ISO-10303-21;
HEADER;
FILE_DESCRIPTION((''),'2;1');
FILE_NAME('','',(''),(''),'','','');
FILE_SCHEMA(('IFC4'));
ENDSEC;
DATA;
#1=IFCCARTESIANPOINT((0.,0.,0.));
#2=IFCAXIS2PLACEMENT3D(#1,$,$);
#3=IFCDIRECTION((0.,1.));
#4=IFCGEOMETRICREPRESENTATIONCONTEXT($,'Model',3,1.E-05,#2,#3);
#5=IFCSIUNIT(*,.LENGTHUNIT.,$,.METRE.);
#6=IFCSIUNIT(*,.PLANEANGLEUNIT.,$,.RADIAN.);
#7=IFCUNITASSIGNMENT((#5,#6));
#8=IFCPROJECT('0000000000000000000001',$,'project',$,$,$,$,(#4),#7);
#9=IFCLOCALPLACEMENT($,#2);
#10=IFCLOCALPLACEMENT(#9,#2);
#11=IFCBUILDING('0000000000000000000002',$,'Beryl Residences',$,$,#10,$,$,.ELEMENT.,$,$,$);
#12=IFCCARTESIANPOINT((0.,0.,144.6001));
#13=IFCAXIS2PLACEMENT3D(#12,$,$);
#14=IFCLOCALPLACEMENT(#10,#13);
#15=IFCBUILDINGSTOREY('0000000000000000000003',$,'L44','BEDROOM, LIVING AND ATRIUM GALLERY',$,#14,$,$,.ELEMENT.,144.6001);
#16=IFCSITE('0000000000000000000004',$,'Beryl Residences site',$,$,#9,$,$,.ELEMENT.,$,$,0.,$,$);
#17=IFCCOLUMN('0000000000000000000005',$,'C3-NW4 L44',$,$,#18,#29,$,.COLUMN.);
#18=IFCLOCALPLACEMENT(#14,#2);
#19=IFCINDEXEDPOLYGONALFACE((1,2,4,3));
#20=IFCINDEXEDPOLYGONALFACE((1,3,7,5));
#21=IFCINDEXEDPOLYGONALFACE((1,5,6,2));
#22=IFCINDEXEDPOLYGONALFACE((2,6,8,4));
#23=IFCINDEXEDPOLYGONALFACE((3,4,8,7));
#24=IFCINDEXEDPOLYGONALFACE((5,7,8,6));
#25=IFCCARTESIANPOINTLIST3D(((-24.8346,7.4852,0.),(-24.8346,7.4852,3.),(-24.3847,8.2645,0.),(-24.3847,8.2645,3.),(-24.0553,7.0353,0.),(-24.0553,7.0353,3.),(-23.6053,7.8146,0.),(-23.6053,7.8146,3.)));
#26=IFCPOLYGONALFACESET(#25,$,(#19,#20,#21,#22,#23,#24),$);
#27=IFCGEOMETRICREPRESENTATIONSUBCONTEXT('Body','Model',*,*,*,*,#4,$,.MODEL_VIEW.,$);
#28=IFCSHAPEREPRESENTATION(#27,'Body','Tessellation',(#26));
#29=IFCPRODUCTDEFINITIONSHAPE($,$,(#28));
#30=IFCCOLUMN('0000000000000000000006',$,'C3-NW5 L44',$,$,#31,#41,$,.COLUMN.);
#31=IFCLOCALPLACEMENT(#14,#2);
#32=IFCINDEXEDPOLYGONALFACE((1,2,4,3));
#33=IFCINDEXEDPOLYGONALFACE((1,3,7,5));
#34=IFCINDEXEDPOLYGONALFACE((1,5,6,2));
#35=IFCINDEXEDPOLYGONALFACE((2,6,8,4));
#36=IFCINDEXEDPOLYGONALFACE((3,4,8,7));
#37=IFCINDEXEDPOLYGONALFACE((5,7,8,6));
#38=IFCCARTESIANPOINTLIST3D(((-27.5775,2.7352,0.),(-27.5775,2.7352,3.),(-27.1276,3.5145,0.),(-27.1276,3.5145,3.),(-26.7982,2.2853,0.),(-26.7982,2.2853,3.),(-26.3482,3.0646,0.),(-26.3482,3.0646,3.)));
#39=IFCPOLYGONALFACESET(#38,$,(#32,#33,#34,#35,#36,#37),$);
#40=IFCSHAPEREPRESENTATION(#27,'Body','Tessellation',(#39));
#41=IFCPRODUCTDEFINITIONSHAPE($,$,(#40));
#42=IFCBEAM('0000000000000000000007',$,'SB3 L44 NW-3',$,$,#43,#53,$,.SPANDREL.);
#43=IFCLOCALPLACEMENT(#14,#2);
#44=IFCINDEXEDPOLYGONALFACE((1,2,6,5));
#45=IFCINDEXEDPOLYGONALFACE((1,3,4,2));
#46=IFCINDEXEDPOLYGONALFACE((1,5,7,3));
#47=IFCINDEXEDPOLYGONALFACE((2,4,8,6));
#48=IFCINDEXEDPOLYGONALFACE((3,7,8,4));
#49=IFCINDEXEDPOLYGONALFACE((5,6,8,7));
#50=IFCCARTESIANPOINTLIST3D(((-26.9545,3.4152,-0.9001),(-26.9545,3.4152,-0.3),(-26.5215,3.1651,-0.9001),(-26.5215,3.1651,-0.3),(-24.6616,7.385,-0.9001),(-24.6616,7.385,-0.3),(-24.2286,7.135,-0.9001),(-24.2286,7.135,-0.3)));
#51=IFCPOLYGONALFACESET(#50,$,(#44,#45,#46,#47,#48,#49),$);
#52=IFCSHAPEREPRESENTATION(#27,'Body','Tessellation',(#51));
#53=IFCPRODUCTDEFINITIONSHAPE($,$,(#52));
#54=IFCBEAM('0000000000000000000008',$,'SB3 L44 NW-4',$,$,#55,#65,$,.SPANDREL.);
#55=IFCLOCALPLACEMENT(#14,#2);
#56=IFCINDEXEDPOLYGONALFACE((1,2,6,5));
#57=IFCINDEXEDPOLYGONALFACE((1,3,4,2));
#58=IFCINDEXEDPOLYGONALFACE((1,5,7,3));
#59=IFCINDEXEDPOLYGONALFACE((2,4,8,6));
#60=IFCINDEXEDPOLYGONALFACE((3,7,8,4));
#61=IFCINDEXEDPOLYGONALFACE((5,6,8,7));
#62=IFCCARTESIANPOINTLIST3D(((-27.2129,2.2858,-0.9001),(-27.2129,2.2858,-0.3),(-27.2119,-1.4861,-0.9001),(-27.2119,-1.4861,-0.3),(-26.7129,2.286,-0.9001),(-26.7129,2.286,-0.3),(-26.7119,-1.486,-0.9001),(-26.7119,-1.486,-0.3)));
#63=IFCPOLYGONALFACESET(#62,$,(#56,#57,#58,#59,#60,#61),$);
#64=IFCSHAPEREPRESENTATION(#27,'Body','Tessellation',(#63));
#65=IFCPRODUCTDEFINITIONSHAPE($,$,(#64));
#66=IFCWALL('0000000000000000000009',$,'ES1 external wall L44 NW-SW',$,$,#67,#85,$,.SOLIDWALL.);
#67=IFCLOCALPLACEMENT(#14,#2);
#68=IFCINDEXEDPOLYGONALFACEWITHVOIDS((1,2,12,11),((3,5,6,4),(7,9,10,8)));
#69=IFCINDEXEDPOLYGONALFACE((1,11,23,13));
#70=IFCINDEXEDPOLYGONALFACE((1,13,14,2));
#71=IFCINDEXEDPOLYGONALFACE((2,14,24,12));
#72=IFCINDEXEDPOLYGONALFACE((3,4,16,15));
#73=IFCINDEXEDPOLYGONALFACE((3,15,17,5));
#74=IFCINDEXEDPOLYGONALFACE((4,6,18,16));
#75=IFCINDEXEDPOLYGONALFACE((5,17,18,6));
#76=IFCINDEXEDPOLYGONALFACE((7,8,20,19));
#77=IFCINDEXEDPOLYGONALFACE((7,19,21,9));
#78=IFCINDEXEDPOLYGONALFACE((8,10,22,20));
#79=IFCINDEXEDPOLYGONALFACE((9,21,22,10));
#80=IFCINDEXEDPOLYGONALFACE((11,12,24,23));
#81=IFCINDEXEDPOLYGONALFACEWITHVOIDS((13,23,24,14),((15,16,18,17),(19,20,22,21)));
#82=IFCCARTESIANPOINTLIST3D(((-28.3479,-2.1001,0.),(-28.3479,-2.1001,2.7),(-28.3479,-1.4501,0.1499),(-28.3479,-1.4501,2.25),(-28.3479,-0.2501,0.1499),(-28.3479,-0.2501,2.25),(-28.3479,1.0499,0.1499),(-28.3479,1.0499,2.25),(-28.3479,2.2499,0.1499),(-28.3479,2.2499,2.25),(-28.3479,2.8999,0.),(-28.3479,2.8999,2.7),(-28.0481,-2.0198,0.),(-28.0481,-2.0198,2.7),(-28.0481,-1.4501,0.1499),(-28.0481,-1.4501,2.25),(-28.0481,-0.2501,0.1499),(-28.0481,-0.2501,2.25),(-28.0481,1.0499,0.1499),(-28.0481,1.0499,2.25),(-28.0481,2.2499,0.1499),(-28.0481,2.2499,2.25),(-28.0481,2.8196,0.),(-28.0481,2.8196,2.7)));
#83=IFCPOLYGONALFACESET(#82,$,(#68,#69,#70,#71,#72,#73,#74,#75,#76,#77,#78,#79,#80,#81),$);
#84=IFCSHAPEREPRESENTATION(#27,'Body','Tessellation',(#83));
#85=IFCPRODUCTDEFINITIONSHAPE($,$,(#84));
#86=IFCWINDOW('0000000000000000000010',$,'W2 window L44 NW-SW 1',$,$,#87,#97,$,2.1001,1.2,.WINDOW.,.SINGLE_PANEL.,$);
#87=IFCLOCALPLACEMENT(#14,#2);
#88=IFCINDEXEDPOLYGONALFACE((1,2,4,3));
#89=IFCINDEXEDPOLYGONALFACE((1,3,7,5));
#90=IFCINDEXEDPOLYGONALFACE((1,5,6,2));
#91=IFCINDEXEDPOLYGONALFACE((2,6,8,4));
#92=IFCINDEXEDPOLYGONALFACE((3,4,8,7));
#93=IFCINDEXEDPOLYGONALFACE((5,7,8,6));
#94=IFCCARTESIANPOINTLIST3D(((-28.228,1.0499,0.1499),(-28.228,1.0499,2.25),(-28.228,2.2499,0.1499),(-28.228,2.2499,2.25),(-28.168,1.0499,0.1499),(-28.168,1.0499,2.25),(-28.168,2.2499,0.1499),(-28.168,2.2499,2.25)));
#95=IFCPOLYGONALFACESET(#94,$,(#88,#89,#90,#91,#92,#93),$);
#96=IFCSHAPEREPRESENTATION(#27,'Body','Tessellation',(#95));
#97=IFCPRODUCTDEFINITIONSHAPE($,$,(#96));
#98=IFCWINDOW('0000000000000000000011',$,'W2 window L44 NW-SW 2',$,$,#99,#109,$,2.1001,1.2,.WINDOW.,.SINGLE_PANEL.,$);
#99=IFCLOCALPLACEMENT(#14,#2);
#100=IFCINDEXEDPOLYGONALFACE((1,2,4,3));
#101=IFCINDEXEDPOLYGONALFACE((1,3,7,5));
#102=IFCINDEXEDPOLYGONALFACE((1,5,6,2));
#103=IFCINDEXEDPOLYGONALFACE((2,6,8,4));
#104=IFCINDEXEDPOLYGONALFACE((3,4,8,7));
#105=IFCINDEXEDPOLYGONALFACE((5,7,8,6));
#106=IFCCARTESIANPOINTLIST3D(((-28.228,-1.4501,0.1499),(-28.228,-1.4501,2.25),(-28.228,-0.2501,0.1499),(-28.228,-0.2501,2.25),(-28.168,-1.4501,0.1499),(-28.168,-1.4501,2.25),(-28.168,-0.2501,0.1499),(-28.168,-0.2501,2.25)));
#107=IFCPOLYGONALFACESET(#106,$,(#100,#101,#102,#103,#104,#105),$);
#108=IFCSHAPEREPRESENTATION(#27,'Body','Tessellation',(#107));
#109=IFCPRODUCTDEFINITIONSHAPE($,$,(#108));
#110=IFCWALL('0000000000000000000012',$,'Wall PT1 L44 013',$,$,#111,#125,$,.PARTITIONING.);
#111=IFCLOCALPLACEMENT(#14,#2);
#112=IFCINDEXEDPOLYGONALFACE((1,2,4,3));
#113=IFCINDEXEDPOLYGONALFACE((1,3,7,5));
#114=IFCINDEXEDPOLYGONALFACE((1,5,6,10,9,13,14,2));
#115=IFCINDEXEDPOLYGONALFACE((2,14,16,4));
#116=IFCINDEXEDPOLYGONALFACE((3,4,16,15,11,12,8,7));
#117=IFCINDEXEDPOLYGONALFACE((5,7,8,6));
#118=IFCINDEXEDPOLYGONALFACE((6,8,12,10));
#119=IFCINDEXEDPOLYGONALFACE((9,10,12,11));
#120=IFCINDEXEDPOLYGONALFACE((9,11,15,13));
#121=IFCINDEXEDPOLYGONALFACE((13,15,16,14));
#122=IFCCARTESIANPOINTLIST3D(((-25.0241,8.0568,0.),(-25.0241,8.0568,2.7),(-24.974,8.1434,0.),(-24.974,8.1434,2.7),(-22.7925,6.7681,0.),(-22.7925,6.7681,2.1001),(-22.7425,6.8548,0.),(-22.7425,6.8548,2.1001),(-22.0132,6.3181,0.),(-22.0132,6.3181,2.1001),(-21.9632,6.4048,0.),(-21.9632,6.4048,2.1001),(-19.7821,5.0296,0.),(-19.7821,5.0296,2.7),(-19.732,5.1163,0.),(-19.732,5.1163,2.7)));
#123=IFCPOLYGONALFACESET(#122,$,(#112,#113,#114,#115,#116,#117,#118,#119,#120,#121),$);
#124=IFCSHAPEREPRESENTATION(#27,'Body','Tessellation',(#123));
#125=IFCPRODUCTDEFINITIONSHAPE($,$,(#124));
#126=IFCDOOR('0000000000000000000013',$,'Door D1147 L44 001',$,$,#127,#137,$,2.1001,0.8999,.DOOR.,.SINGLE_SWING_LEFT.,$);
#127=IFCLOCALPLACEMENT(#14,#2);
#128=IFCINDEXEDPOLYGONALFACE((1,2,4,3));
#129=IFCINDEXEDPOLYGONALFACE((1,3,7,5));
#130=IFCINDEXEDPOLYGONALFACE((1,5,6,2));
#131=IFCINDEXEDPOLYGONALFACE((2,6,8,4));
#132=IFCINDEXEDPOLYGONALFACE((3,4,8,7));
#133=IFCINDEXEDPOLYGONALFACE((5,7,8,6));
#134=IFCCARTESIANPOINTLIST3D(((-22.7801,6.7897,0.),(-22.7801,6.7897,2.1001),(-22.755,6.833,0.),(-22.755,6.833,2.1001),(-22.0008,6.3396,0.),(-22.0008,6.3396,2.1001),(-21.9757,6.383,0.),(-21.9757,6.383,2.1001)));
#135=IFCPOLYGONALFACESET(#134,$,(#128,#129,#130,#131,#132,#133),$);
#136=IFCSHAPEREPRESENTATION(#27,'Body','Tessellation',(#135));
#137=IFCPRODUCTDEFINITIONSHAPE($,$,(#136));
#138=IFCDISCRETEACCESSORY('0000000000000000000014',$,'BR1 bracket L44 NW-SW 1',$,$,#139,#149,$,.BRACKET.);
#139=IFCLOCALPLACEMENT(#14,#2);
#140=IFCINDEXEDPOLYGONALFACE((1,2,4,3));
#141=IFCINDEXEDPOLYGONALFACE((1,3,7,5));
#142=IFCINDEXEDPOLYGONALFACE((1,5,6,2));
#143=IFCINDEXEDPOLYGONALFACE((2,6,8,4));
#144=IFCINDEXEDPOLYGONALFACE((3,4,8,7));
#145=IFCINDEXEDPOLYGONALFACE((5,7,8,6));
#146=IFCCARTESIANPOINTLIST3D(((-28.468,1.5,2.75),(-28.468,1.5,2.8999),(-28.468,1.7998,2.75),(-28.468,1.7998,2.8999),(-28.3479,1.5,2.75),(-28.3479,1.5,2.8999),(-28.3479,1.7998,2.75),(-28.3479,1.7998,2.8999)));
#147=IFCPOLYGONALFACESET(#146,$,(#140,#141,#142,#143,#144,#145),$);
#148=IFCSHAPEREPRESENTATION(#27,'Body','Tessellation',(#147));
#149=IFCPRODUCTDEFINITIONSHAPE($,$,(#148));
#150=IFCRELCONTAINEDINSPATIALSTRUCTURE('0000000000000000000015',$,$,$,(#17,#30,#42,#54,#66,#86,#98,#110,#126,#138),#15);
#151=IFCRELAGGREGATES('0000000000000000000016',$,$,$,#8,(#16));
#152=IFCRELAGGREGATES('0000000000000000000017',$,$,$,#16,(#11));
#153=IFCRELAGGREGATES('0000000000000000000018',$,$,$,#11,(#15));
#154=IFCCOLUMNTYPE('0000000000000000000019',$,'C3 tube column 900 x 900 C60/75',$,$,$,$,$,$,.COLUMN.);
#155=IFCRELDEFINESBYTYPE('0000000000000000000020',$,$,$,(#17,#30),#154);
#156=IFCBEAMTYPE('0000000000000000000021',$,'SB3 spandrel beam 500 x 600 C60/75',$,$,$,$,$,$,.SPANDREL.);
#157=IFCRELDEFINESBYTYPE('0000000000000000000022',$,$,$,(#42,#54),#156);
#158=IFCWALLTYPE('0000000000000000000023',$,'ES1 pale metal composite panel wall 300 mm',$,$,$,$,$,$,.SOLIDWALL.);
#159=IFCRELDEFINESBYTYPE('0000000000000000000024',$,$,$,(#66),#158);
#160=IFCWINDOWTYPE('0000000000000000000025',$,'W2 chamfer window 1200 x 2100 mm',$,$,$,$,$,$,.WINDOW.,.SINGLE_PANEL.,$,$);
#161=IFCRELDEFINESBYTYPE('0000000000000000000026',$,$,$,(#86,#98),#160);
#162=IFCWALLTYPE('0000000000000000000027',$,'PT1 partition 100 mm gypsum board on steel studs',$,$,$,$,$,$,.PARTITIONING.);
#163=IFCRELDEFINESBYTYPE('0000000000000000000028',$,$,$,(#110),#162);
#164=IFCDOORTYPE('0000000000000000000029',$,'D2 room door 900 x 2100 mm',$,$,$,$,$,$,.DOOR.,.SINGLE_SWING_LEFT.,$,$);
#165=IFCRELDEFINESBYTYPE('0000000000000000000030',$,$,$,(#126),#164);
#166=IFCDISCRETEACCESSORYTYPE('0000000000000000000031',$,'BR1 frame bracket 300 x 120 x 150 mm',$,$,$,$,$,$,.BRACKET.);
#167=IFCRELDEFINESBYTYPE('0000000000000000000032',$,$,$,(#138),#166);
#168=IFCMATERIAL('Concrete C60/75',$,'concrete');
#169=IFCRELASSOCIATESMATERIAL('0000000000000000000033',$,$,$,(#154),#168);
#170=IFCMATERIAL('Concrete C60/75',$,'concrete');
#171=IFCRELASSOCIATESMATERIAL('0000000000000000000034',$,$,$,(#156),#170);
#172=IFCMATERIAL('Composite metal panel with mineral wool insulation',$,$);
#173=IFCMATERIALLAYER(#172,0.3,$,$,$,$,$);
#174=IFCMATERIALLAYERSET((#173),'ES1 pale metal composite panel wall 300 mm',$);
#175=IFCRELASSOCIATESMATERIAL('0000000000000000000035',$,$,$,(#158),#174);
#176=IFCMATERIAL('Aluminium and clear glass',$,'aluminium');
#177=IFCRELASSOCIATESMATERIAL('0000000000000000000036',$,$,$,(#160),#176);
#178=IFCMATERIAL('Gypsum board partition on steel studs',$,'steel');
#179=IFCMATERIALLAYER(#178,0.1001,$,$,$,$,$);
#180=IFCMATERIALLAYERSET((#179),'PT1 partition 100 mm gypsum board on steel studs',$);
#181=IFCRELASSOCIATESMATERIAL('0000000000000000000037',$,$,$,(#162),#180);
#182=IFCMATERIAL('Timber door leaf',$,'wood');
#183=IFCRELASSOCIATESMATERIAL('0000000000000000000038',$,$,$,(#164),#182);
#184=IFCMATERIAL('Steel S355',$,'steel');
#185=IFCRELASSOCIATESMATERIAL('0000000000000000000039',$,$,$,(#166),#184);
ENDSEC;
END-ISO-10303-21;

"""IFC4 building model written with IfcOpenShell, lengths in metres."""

from ifc_helpers import new_model, si_unit, direction, frame, frame_2d, origin, origin_2d, place, context, subcontext, project, spatial, polyline, rectangle, outline, extrude, source, transform, mapped, material, layer, layer_set, material_profile, profile_set, type_object, type_shapes, element, fill, save


model = new_model("IFC4")

# Units and contexts
model_context = context("Model", 3, precision=1e-05, world=origin(), true_north=direction((0.0, 1.0)))
body_context = subcontext(model_context, "Body", "Model", "MODEL_VIEW")
ifc_project = project(units=[si_unit("LENGTHUNIT", "METRE"), si_unit("PLANEANGLEUNIT", "RADIAN")], contexts=[model_context])

# Site, building, storey
site_placement = place(None, origin())
site = spatial("IfcSite", under=ifc_project, at=site_placement, Name="Beryl Residences site", CompositionType="ELEMENT", RefElevation=0.0)
building_placement = place(site_placement, origin())
building = spatial("IfcBuilding", under=site, at=building_placement, Name="Beryl Residences", CompositionType="ELEMENT")
storey_placement = place(building_placement, frame((0.0, 0.0, 144.6001)))
storey = spatial("IfcBuildingStorey", under=building, at=storey_placement, Name="L44", Description="BEDROOM, LIVING AND ATRIUM GALLERY", CompositionType="ELEMENT", Elevation=144.6001)

# Columns
ifc_material_1 = material(Name="Concrete C60/75", Category="concrete")
ifc_material_profile_1 = material_profile(ifc_material_1, rectangle(XDim=0.8999, YDim=0.8999, at=origin_2d()))
ifc_profile_set_1 = profile_set([ifc_material_profile_1], Name="Concrete C60/75")
column_type = type_object("IfcColumnType", Name="C3 tube column 900 x 900 C60/75", PredefinedType="COLUMN", material=ifc_profile_set_1)
for number, where, z_axis, x_axis, name in (
    (1, (-24.22, 7.6499, 0.0), (0.0, 0.0, 1.0), (-0.5, -0.866025, 0.0), "C3-NW4 L44"),
    (2, (-26.9629, 2.8999, 0.0), (0.0, 0.0, 1.0), (-0.5, -0.866025, 0.0), "C3-NW5 L44"),
):
    element("IfcColumn", number, at=place(storey_placement, frame(where, z_axis=z_axis, x_axis=x_axis)), inside=storey, type_object=column_type, Name=name, PredefinedType="COLUMN", context=body_context, shape_type="SweptSolid", body=[
        extrude(rectangle(XDim=0.8999, YDim=0.8999, at=origin_2d()), origin(), (0.0, 0.0, 1.0), 3.0),
    ])

# Beams
ifc_material_2 = material(Name="Concrete C60/75", Category="concrete")
ifc_material_profile_2 = material_profile(ifc_material_2, rectangle(XDim=0.5, YDim=0.6001, at=origin_2d()))
ifc_profile_set_2 = profile_set([ifc_material_profile_2], Name="Concrete C60/75")
beam_type = type_object("IfcBeamType", Name="SB3 spandrel beam 500 x 600 C60/75", PredefinedType="SPANDREL", material=ifc_profile_set_2)
beam_1_placement = place(storey_placement, frame((-24.4451, 7.26, -0.6001), z_axis=(-0.500148, -0.86594, 0.0), x_axis=(0.86594, -0.500148, 0.0)))
element("IfcBeam", 3, at=beam_1_placement, inside=storey, type_object=beam_type, Name="SB3 L44 NW-3", PredefinedType="SPANDREL", context=body_context, shape_type="SweptSolid", body=[
    extrude(rectangle(XDim=0.5, YDim=0.6001, at=origin_2d()), origin(), (0.0, 0.0, 1.0), 4.5845),
])
beam_2_placement = place(storey_placement, frame((-26.9629, 2.2859, -0.6001), z_axis=(0.000259, -1.0, 0.0), x_axis=(1.0, 0.000259, 0.0)))
element("IfcBeam", 4, at=beam_2_placement, inside=storey, type_object=beam_type, Name="SB3 L44 NW-4", PredefinedType="SPANDREL", context=body_context, shape_type="SweptSolid", body=[
    extrude(rectangle(XDim=0.5, YDim=0.6001, at=origin_2d()), origin(), (0.0, 0.0, 1.0), 3.772),
])

# Wall, openings, windows
ifc_material_3 = material(Name="Composite metal panel with mineral wool insulation")
ifc_layer_1 = layer(ifc_material_3, 0.3)
ifc_layer_set_1 = layer_set([ifc_layer_1], Name="ES1 pale metal composite panel wall 300 mm")
wall_type_1 = type_object("IfcWallType", Name="ES1 pale metal composite panel wall 300 mm", PredefinedType="SOLIDWALL", material=ifc_layer_set_1)
wall_1_placement = place(storey_placement, frame((-28.198, 2.8999, 0.0), z_axis=(0.0, 0.0, 1.0), x_axis=(0.0, -1.0, 0.0)))
wall_1 = element("IfcWall", 5, at=wall_1_placement, inside=storey, type_object=wall_type_1, Name="ES1 external wall L44 NW-SW", PredefinedType="SOLIDWALL", context=body_context, shape_type="SweptSolid", body=[
    extrude(outline(polyline([(0.0, -0.1499), (5.0, -0.1499), (4.9197, 0.1499), (0.0803, 0.1499), (0.0, -0.1499)])), origin(), (0.0, 0.0, 1.0), 2.7),
])
opening_1_placement = place(wall_1_placement, frame((0.6499, 0.0, 0.1499)))
opening_1 = element("IfcOpeningElement", 6, at=opening_1_placement, cuts=wall_1, PredefinedType="OPENING", context=body_context, shape_type="SweptSolid", body=[
    extrude(rectangle(XDim=1.2, YDim=2.1001, at=frame_2d((0.6001, 1.05))), frame((0.0, 0.1599, 0.0), z_axis=(0.0, -1.0, 0.0), x_axis=(1.0, 0.0, 0.0)), (0.0, 0.0, 1.0), 0.3201),
])
opening_2_placement = place(wall_1_placement, frame((3.1499, 0.0, 0.1499)))
opening_2 = element("IfcOpeningElement", 7, at=opening_2_placement, cuts=wall_1, PredefinedType="OPENING", context=body_context, shape_type="SweptSolid", body=[
    extrude(rectangle(XDim=1.2, YDim=2.1001, at=frame_2d((0.6001, 1.05))), frame((0.0, 0.1599, 0.0), z_axis=(0.0, -1.0, 0.0), x_axis=(1.0, 0.0, 0.0)), (0.0, 0.0, 1.0), 0.3201),
])
ifc_material_4 = material(Name="Aluminium and clear glass", Category="aluminium")
window_type = type_object("IfcWindowType", Name="W2 chamfer window 1200 x 2100 mm", PartitioningType="SINGLE_PANEL", PredefinedType="WINDOW", material=ifc_material_4)
window_1_placement = place(opening_1_placement, origin())
window_1 = element("IfcWindow", 8, at=window_1_placement, inside=storey, type_object=window_type, Name="W2 window L44 NW-SW 1", OverallHeight=2.1001, OverallWidth=1.2, PartitioningType="SINGLE_PANEL", PredefinedType="WINDOW", context=body_context, shape_type="SweptSolid", body=[
    extrude(rectangle(XDim=1.2, YDim=2.1001, at=frame_2d((0.6001, 1.05))), frame((0.0, 0.03, 0.0), z_axis=(0.0, -1.0, 0.0), x_axis=(1.0, 0.0, 0.0)), (0.0, 0.0, 1.0), 0.0601),
])
fill(opening_1, window_1)
window_2_placement = place(opening_2_placement, origin())
window_2 = element("IfcWindow", 9, at=window_2_placement, inside=storey, type_object=window_type, Name="W2 window L44 NW-SW 2", OverallHeight=2.1001, OverallWidth=1.2, PartitioningType="SINGLE_PANEL", PredefinedType="WINDOW", context=body_context, shape_type="SweptSolid", body=[
    extrude(rectangle(XDim=1.2, YDim=2.1001, at=frame_2d((0.6001, 1.05))), frame((0.0, 0.03, 0.0), z_axis=(0.0, -1.0, 0.0), x_axis=(1.0, 0.0, 0.0)), (0.0, 0.0, 1.0), 0.0601),
])
fill(opening_2, window_2)

# Wall, opening, door
ifc_material_5 = material(Name="Gypsum board partition on steel studs", Category="steel")
ifc_layer_2 = layer(ifc_material_5, 0.1001)
ifc_layer_set_2 = layer_set([ifc_layer_2], Name="PT1 partition 100 mm gypsum board on steel studs")
wall_type_2 = type_object("IfcWallType", Name="PT1 partition 100 mm gypsum board on steel studs", PredefinedType="PARTITIONING", material=ifc_layer_set_2)
wall_2_placement = place(storey_placement, frame((-24.999, 8.1001, 0.0), z_axis=(0.0, 0.0, 1.0), x_axis=(0.865978, -0.500082, 0.0)))
wall_2 = element("IfcWall", 10, at=wall_2_placement, inside=storey, type_object=wall_type_2, Name="Wall PT1 L44 013", PredefinedType="PARTITIONING", context=body_context, shape_type="SweptSolid", body=[
    extrude(rectangle(XDim=6.0532, YDim=0.1001, at=frame_2d((3.0266, 0.0))), origin(), (0.0, 0.0, 1.0), 2.7),
])
opening_3_placement = place(wall_2_placement, frame((2.5769, 0.0, 0.0)))
opening_3 = element("IfcOpeningElement", 11, at=opening_3_placement, cuts=wall_2, PredefinedType="OPENING", context=body_context, shape_type="SweptSolid", body=[
    extrude(rectangle(XDim=0.8999, YDim=2.1001, at=frame_2d((0.45, 1.05))), frame((0.0, 0.0601, 0.0), z_axis=(0.0, -1.0, 0.0), x_axis=(1.0, 0.0, 0.0)), (0.0, 0.0, 1.0), 0.1201),
])
ifc_material_6 = material(Name="Timber door leaf", Category="wood")
door_type = type_object("IfcDoorType", Name="D2 room door 900 x 2100 mm", OperationType="SINGLE_SWING_LEFT", PredefinedType="DOOR", material=ifc_material_6)
door_placement = place(opening_3_placement, origin())
door = element("IfcDoor", 12, at=door_placement, inside=storey, type_object=door_type, Name="Door D1147 L44 001", OperationType="SINGLE_SWING_LEFT", OverallHeight=2.1001, OverallWidth=0.8999, PredefinedType="DOOR", context=body_context, shape_type="SweptSolid", body=[
    extrude(rectangle(XDim=0.8999, YDim=2.1001, at=frame_2d((0.45, 1.05))), frame((0.0, 0.0249, 0.0), z_axis=(0.0, -1.0, 0.0), x_axis=(1.0, 0.0, 0.0)), (0.0, 0.0, 1.0), 0.05),
])
fill(opening_3, door)

# Discrete accessory
ifc_material_7 = material(Name="Steel S355", Category="steel")
discrete_accessory_type = type_object("IfcDiscreteAccessoryType", Name="BR1 frame bracket 300 x 120 x 150 mm", PredefinedType="BRACKET", material=ifc_material_7)
shared_shape_1 = source(origin(), body_context, "Body", "SweptSolid", [
    extrude(outline(polyline([(-0.1499, 0.0), (0.1499, 0.0), (0.1499, 0.1201), (-0.1499, 0.1201), (-0.1499, 0.0)])), origin(), (0.0, 0.0, 1.0), 0.1499),
])
type_shapes(discrete_accessory_type, [shared_shape_1])
discrete_accessory_placement = place(storey_placement, frame((-28.3479, 1.6499, 2.75), z_axis=(0.0, 0.0, 1.0), x_axis=(0.0, 1.0, 0.0)))
element("IfcDiscreteAccessory", 13, at=discrete_accessory_placement, inside=storey, type_object=discrete_accessory_type, Name="BR1 bracket L44 NW-SW 1", PredefinedType="BRACKET", context=body_context, shape_type="MappedRepresentation", body=[
    mapped(shared_shape_1, transform((0.0, 0.0, 0.0))),
])

save(model, "model.ifc")
